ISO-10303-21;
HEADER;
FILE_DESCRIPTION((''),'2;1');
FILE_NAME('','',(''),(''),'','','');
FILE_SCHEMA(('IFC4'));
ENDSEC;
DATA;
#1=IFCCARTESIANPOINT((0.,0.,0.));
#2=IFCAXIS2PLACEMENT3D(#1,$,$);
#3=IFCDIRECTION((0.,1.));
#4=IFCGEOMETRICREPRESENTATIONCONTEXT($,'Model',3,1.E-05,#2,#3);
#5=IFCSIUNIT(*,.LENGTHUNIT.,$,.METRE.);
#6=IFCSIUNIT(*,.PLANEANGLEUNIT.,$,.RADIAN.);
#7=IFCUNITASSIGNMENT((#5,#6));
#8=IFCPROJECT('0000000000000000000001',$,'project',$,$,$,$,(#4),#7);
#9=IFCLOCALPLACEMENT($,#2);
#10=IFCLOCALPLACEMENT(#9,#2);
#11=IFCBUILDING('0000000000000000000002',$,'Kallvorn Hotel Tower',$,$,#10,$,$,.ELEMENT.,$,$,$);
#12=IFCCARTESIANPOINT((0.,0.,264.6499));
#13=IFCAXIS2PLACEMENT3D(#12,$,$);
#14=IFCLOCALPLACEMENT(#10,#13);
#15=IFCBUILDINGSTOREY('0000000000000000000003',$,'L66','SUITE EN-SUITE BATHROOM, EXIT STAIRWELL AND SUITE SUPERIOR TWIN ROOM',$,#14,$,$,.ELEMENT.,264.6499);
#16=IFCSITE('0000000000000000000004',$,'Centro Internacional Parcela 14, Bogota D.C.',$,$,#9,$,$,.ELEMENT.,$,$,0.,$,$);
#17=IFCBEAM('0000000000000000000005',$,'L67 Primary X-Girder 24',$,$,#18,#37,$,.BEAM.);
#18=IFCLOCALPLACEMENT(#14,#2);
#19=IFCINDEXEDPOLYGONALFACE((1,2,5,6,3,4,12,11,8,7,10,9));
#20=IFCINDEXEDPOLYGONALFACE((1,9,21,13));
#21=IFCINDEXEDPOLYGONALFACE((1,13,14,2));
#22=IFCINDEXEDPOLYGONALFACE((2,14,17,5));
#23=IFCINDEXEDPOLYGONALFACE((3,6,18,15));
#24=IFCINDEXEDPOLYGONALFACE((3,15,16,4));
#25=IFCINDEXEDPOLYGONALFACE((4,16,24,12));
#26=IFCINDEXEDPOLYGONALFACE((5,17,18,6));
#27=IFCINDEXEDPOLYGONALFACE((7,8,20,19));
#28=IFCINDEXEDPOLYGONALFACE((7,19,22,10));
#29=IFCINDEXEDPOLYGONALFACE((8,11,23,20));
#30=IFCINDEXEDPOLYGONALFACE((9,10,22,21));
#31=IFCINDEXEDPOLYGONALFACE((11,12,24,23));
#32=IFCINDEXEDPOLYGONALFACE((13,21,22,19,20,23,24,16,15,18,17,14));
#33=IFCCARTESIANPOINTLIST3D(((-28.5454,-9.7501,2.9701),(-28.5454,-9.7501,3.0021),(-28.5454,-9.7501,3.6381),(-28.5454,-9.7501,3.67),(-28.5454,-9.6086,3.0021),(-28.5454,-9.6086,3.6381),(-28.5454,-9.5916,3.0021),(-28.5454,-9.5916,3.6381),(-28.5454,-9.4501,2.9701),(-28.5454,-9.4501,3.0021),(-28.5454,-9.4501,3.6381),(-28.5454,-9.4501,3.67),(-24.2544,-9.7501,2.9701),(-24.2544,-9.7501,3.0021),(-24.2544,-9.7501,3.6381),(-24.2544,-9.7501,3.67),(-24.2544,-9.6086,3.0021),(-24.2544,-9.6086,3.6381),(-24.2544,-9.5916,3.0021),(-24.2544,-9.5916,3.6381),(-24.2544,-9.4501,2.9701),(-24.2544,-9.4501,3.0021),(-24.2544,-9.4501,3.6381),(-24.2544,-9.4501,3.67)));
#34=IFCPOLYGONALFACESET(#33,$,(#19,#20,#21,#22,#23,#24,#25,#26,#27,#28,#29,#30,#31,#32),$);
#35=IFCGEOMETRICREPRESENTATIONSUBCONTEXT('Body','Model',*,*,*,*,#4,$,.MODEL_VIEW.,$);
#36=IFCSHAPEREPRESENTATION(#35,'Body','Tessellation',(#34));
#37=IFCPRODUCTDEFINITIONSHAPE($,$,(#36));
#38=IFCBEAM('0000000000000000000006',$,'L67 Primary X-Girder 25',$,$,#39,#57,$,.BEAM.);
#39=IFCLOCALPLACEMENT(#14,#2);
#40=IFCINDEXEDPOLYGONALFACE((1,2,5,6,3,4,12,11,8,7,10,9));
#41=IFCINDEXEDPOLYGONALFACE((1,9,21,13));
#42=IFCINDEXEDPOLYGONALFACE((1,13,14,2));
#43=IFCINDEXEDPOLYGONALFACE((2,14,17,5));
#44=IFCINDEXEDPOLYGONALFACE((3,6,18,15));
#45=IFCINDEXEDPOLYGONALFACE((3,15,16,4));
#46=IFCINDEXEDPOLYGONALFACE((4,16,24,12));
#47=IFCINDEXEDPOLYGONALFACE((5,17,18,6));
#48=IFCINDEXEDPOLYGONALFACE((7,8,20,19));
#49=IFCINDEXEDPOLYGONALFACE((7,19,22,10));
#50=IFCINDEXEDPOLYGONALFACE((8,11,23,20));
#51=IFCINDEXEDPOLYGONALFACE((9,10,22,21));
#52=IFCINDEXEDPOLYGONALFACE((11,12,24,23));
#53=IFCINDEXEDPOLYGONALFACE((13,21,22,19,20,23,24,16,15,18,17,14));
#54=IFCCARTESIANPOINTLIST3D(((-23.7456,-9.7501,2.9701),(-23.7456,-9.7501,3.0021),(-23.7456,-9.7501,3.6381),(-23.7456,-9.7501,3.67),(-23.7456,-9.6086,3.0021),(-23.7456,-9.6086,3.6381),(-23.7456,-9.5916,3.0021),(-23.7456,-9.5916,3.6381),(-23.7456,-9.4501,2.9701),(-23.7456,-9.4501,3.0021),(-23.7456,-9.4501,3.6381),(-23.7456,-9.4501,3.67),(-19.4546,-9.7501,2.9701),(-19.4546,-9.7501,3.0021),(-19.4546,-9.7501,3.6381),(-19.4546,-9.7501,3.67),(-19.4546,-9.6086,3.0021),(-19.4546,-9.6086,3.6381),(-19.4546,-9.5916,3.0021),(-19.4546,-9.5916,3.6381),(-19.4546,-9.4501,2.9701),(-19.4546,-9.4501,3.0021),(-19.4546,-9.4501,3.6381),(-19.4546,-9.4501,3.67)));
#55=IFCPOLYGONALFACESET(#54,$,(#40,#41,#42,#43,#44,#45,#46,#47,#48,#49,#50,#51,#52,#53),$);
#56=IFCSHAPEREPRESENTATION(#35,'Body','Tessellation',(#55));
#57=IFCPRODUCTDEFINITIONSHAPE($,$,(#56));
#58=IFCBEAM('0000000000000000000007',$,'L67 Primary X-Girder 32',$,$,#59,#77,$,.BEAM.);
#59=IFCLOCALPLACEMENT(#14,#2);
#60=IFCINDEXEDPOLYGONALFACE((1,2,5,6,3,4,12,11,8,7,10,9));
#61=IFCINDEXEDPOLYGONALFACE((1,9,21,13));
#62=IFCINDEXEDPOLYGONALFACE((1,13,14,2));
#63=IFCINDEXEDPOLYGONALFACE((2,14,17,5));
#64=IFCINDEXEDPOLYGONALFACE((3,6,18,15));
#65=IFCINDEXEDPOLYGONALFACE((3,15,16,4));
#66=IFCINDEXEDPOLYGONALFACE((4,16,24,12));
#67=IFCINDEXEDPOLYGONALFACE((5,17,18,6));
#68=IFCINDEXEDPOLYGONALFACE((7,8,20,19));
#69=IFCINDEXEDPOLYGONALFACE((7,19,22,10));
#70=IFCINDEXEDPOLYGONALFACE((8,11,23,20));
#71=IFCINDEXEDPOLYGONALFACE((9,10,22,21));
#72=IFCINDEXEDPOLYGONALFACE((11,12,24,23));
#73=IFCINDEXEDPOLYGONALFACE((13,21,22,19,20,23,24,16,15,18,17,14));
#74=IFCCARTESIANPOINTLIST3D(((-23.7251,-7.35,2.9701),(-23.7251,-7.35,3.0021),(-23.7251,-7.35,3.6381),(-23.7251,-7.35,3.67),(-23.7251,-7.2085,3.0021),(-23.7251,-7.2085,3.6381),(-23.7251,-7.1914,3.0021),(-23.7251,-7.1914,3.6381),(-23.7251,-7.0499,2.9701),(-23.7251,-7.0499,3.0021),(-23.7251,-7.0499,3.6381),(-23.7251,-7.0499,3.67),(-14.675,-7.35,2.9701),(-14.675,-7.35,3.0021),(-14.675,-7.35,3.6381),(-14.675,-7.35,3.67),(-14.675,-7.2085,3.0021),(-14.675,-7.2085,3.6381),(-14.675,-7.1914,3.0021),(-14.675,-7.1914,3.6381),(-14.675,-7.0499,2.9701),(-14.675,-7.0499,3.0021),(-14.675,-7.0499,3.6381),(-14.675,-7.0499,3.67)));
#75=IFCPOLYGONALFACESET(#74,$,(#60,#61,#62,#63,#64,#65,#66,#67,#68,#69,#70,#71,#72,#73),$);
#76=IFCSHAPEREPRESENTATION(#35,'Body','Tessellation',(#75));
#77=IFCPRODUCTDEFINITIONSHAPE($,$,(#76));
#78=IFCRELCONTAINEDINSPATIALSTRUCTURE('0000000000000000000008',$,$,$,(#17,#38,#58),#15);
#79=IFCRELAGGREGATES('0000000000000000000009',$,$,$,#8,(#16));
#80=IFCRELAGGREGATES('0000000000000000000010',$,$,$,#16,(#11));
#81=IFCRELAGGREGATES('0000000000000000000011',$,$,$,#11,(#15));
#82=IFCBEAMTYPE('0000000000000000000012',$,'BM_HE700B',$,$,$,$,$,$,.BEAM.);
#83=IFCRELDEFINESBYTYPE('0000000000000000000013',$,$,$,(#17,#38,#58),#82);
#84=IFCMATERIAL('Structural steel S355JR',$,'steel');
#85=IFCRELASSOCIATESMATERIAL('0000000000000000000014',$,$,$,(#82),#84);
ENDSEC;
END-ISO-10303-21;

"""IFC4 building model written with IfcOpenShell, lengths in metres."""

from ifc_helpers import new_model, si_unit, direction, frame, origin, origin_2d, place, context, subcontext, project, spatial, i_section, extrude, material, material_profile, profile_set, type_object, element, save


model = new_model("IFC4")

# Units and contexts
model_context = context("Model", 3, precision=1e-05, world=origin(), true_north=direction((0.0, 1.0)))
body_context = subcontext(model_context, "Body", "Model", "MODEL_VIEW")
ifc_project = project(units=[si_unit("LENGTHUNIT", "METRE"), si_unit("PLANEANGLEUNIT", "RADIAN")], contexts=[model_context])

# Site, building, storey
site_placement = place(None, origin())
site = spatial("IfcSite", under=ifc_project, at=site_placement, Name="Centro Internacional Parcela 14, Bogota D.C.", CompositionType="ELEMENT", RefElevation=0.0)
building_placement = place(site_placement, origin())
building = spatial("IfcBuilding", under=site, at=building_placement, Name="Kallvorn Hotel Tower", CompositionType="ELEMENT")
storey_placement = place(building_placement, frame((0.0, 0.0, 264.6499)))
storey = spatial("IfcBuildingStorey", under=building, at=storey_placement, Name="L66", Description="SUITE EN-SUITE BATHROOM, EXIT STAIRWELL AND SUITE SUPERIOR TWIN ROOM", CompositionType="ELEMENT", Elevation=264.6499)

# Beams
ifc_material_1 = material(Name="Structural steel S355JR", Category="steel")
ifc_material_profile_1 = material_profile(ifc_material_1, i_section(OverallWidth=0.3, OverallDepth=0.7, WebThickness=0.0171, FlangeThickness=0.032, at=origin_2d()), Name="HE 700 B")
ifc_profile_set_1 = profile_set([ifc_material_profile_1], Name="Structural steel S355JR")
beam_type_1 = type_object("IfcBeamType", Name="BM_HE700B", PredefinedType="BEAM", material=ifc_profile_set_1)
for number, where, z_axis, x_axis, name in (
    (1, (-28.5454, -9.6001, 3.3201), (1.0, 0.0, 0.0), (0.0, 1.0, 0.0), "L67 Primary X-Girder 24"),
    (2, (-23.7456, -9.6001, 3.3201), (1.0, 0.0, 0.0), (0.0, 1.0, 0.0), "L67 Primary X-Girder 25"),
):
    element("IfcBeam", number, at=place(storey_placement, frame(where, z_axis=z_axis, x_axis=x_axis)), inside=storey, type_object=beam_type_1, Name=name, PredefinedType="BEAM", context=body_context, shape_type="SweptSolid", body=[
        extrude(i_section(OverallWidth=0.3, OverallDepth=0.7, WebThickness=0.0171, FlangeThickness=0.032, at=origin_2d()), origin(), (0.0, 0.0, 1.0), 4.291),
    ])
beam_1_placement = place(storey_placement, frame((-23.7251, -7.2, 3.3201), z_axis=(1.0, 0.0, 0.0), x_axis=(0.0, 1.0, 0.0)))
element("IfcBeam", 3, at=beam_1_placement, inside=storey, type_object=beam_type_1, Name="L67 Primary X-Girder 32", PredefinedType="BEAM", context=body_context, shape_type="SweptSolid", body=[
    extrude(i_section(OverallWidth=0.3, OverallDepth=0.7, WebThickness=0.0171, FlangeThickness=0.032, at=origin_2d()), origin(), (0.0, 0.0, 1.0), 9.05),
])

save(model, "model.ifc")
